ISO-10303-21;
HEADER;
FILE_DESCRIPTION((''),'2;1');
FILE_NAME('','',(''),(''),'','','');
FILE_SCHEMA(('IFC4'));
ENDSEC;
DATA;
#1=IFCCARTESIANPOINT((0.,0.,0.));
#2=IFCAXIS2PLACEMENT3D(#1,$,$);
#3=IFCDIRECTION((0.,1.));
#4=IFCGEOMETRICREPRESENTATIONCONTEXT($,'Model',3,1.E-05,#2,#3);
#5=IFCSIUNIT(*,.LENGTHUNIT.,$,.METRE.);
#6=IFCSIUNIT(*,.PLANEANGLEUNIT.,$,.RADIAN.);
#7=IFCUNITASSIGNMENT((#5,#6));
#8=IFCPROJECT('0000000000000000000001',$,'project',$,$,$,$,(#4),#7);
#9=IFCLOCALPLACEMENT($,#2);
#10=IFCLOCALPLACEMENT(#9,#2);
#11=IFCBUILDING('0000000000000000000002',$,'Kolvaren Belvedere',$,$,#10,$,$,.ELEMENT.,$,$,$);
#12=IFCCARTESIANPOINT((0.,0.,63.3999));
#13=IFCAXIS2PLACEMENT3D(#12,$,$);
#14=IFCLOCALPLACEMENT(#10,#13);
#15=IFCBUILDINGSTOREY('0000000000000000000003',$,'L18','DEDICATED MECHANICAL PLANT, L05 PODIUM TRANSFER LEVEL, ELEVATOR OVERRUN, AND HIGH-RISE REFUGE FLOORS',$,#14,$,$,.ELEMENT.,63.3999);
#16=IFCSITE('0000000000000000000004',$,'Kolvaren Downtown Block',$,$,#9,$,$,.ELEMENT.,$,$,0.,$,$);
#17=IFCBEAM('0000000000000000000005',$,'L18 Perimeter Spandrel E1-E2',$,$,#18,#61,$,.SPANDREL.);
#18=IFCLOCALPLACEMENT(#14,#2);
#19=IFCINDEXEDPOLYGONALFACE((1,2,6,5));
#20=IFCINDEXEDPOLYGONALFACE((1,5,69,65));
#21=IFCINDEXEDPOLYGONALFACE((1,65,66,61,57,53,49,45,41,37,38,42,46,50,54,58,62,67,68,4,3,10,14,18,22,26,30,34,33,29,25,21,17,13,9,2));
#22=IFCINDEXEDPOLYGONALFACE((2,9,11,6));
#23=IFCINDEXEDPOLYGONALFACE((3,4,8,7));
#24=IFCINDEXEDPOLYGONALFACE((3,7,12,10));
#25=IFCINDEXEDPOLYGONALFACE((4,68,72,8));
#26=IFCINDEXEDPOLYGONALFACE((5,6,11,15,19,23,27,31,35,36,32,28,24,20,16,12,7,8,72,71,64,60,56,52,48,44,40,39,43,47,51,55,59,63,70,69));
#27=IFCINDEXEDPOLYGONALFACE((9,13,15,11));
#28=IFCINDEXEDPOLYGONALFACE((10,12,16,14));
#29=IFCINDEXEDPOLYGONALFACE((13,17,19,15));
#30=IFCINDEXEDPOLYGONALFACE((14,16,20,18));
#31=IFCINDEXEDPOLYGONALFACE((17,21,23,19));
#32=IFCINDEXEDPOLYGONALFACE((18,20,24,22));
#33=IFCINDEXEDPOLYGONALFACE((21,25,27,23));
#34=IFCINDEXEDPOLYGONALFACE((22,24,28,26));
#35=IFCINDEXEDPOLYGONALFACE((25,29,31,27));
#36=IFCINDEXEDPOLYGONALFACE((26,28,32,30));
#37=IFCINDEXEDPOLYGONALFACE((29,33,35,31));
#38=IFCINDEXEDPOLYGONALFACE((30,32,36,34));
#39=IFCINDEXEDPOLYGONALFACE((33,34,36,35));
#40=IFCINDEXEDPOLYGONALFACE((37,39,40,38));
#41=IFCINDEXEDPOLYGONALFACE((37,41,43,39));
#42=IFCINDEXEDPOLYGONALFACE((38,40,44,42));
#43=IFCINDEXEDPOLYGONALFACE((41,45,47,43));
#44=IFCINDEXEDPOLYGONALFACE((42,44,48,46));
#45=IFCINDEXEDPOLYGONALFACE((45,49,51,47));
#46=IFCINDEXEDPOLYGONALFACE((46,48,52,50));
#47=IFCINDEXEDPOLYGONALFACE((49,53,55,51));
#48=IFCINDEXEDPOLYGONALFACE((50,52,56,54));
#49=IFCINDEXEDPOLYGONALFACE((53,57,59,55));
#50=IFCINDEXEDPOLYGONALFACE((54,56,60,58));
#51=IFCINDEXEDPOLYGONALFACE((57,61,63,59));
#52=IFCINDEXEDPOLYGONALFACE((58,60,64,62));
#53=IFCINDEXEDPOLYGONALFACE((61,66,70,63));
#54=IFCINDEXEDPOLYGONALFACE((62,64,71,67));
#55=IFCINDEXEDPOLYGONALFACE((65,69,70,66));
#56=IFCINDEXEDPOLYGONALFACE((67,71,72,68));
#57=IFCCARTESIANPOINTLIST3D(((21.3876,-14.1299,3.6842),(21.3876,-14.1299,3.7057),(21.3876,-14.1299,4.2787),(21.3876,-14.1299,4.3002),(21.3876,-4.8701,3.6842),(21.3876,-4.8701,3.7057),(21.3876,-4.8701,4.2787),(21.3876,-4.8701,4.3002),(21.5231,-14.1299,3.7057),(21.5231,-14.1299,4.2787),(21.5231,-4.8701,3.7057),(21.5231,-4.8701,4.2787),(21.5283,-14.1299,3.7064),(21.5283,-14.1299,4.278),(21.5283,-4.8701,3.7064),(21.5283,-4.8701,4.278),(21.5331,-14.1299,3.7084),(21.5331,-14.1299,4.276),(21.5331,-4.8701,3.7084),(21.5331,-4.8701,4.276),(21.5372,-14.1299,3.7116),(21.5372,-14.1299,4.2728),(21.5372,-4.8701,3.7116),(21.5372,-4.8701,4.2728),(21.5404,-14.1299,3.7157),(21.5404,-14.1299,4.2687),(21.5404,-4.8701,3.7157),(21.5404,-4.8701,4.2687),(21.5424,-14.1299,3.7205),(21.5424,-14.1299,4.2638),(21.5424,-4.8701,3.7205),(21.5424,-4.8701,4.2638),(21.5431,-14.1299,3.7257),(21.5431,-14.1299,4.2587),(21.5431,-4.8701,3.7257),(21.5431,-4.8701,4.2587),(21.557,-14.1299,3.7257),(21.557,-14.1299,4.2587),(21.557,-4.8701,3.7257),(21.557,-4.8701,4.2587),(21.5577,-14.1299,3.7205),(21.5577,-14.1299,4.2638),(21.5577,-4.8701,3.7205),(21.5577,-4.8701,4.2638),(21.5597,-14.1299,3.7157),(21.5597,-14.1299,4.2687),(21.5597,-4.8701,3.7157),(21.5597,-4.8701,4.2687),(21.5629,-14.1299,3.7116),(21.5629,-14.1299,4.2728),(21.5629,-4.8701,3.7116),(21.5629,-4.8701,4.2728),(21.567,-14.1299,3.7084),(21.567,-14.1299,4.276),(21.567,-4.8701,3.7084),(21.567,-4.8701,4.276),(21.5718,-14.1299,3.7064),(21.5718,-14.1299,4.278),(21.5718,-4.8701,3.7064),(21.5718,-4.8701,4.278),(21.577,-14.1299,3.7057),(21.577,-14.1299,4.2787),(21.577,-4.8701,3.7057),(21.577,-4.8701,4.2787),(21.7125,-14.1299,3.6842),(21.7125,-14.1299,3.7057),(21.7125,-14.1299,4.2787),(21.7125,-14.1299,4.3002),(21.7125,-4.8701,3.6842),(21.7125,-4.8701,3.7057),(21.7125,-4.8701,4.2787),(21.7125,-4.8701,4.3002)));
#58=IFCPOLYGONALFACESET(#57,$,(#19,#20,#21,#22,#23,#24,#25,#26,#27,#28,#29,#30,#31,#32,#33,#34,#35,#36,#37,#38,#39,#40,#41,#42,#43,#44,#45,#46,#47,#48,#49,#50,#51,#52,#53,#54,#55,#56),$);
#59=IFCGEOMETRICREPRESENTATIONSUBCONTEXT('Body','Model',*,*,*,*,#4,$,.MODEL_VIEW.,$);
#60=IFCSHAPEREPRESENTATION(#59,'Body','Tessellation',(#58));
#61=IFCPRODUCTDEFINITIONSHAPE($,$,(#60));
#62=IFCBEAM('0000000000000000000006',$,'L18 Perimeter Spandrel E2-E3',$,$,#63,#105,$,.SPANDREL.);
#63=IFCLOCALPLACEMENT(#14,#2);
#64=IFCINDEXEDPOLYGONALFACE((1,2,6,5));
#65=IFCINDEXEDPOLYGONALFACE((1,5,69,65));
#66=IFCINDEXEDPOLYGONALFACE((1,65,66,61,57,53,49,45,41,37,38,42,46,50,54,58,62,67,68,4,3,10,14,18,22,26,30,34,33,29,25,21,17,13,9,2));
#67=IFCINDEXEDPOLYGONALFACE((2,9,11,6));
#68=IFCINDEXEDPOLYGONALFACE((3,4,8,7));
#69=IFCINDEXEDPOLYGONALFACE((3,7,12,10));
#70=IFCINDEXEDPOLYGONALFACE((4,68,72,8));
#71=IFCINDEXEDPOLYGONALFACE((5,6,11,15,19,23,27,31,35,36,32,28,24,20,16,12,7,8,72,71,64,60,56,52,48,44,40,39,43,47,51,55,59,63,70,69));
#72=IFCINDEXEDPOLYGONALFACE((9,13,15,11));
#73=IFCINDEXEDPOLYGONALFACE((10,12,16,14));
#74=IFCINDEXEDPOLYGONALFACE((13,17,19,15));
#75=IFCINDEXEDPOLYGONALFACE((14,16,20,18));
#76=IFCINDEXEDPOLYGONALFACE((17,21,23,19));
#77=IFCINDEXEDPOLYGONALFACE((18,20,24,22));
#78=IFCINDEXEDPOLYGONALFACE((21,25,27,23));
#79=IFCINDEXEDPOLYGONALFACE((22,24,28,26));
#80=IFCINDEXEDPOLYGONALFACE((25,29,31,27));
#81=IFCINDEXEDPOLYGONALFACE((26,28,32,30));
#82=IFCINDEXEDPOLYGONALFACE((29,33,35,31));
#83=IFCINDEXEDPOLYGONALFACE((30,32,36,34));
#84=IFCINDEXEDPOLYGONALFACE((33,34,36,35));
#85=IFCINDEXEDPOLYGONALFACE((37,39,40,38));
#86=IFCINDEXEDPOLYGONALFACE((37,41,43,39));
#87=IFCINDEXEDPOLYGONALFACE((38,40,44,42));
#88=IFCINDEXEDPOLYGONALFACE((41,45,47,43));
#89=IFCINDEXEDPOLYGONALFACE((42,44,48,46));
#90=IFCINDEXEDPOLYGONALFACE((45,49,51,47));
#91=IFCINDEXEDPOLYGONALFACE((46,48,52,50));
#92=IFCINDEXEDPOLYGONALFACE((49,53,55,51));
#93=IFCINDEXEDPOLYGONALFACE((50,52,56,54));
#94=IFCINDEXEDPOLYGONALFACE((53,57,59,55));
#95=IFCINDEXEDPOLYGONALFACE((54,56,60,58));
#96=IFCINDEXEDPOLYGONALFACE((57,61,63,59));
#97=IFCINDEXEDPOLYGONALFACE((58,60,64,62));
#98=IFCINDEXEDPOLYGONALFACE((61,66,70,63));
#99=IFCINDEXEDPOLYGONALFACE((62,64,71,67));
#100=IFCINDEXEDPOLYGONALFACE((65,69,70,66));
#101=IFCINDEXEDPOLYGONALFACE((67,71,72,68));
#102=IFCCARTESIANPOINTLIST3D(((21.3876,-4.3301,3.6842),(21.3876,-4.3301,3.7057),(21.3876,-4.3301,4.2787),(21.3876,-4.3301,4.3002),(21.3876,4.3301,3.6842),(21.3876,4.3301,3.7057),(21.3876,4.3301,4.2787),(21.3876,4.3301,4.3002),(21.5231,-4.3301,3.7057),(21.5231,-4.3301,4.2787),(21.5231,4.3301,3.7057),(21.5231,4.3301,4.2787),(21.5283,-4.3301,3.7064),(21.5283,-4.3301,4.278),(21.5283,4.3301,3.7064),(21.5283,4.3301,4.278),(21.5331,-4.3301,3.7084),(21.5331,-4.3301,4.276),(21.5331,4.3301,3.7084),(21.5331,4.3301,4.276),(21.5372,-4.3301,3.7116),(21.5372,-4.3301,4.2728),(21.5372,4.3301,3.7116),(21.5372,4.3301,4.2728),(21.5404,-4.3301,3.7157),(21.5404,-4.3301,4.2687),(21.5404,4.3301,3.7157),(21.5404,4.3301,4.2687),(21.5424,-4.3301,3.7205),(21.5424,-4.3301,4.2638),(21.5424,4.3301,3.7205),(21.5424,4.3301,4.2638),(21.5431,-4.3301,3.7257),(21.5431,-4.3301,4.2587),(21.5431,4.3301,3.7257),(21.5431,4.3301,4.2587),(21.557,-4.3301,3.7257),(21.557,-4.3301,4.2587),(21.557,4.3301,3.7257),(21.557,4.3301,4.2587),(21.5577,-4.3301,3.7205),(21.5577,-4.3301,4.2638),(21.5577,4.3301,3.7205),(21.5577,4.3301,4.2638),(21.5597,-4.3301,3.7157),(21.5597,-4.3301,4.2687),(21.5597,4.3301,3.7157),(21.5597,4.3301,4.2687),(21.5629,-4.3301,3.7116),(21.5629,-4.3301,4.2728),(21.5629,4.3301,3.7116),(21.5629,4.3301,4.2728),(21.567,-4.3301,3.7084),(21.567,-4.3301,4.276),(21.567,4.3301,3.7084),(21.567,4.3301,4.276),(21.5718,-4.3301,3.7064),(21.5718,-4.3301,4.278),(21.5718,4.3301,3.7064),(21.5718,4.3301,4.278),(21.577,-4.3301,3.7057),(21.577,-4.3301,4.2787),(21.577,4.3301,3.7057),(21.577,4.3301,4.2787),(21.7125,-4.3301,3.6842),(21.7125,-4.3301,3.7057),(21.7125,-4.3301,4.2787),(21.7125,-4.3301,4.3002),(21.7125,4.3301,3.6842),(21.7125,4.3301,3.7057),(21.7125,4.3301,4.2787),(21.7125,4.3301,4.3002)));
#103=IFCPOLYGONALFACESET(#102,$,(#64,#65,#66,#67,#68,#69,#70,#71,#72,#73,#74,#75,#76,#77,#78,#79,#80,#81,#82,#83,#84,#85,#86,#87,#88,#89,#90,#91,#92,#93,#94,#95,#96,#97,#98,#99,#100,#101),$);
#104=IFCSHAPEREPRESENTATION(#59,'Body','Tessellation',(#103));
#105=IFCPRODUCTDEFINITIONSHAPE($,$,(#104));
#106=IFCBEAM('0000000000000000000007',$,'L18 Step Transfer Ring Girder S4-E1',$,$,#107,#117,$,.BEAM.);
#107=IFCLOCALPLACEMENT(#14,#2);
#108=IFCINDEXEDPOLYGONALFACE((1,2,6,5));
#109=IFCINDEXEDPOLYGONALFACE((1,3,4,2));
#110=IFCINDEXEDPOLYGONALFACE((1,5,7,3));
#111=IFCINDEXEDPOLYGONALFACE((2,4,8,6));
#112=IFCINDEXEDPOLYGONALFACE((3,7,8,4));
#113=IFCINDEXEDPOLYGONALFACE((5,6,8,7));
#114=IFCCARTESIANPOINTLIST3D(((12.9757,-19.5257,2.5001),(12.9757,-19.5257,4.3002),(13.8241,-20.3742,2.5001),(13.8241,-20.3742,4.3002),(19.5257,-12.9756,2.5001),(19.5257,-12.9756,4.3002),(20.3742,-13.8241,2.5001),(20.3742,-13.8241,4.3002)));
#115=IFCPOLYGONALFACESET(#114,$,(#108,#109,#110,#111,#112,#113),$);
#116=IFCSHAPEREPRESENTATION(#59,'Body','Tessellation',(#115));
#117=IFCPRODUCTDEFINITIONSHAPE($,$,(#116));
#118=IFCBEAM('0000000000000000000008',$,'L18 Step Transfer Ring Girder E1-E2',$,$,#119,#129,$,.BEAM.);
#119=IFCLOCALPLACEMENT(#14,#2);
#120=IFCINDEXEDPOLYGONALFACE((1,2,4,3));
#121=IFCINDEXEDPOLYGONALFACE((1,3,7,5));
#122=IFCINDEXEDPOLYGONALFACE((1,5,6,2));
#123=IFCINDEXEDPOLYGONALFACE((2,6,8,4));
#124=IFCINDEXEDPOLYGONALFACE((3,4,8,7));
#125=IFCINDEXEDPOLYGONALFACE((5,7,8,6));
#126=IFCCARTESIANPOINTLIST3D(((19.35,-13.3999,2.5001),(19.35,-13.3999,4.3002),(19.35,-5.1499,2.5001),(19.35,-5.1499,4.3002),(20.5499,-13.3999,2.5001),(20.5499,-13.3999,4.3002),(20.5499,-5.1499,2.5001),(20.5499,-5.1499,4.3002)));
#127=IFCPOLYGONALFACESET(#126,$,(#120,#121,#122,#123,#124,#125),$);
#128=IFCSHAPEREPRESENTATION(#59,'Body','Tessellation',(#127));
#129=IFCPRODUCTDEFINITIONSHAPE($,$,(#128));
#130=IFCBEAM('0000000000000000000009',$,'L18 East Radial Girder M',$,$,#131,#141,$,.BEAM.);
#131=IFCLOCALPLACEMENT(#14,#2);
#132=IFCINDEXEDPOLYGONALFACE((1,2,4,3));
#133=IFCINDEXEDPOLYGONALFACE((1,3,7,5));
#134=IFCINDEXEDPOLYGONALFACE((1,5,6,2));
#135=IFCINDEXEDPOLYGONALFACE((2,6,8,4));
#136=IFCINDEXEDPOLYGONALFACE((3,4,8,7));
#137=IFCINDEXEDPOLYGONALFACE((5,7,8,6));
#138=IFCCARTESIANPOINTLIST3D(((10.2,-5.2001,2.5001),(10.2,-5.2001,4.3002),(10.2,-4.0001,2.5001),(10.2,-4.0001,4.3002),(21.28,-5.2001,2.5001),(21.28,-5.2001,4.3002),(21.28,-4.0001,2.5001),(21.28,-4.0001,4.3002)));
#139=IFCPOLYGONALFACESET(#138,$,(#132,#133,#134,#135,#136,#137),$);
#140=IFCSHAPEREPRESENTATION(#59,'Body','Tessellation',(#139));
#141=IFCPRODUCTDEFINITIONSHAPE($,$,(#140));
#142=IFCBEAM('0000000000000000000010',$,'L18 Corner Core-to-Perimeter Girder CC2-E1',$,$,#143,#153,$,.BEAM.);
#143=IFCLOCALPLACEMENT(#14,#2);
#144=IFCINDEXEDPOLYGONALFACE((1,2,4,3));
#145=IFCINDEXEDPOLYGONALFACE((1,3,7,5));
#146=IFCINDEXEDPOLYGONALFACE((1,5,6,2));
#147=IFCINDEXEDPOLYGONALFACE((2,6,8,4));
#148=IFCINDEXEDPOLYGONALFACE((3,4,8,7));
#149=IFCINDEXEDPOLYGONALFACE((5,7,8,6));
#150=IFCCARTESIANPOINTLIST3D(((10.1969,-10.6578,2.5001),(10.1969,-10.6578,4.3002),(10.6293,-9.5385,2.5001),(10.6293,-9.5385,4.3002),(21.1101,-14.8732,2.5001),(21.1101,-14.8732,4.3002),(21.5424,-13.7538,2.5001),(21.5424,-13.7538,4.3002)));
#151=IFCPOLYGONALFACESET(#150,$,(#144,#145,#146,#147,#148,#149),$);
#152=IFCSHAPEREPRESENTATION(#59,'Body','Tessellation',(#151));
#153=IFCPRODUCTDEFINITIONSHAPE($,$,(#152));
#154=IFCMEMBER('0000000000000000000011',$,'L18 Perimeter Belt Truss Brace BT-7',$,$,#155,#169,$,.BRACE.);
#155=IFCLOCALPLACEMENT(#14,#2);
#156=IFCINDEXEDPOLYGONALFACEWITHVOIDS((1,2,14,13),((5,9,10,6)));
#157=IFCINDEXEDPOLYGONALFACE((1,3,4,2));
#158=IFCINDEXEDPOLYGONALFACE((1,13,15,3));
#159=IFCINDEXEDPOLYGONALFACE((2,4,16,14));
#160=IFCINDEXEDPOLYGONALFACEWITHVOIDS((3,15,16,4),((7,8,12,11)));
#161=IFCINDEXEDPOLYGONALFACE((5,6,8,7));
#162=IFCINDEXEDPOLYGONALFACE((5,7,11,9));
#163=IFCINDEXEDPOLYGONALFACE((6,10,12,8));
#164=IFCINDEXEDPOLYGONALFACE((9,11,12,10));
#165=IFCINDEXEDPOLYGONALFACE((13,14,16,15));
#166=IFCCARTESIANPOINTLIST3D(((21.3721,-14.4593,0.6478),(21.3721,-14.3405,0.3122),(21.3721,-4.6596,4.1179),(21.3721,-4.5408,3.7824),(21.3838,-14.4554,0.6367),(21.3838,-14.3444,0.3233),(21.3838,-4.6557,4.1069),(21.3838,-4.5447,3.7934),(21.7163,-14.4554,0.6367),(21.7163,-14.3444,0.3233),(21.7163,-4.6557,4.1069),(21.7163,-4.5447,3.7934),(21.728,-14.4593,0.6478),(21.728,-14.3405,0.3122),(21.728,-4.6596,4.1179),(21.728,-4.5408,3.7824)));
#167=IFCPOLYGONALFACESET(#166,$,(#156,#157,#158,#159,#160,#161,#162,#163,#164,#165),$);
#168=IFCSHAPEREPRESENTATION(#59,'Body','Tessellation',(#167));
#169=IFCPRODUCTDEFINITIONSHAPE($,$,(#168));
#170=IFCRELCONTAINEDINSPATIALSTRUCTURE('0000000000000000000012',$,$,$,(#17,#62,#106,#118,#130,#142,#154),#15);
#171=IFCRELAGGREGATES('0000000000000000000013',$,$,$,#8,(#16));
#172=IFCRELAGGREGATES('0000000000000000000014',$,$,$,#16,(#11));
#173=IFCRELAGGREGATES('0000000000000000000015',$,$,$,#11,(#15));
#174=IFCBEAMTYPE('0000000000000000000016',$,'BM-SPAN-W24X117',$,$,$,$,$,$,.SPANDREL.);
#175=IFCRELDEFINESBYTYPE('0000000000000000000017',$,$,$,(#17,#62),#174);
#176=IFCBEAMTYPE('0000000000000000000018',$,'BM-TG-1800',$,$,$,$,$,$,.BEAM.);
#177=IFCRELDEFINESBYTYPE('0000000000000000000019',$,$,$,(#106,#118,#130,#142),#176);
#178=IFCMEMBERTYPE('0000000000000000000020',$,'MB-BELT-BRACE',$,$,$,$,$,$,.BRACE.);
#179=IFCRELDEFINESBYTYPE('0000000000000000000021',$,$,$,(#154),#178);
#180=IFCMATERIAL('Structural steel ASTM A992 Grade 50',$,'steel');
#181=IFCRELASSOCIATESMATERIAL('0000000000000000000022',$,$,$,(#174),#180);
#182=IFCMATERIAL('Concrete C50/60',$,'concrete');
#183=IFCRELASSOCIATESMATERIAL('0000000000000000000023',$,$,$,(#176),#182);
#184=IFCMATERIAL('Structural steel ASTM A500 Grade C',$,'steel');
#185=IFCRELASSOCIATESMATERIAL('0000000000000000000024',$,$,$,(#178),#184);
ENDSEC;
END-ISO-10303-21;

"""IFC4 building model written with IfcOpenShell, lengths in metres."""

from ifc_helpers import new_model, si_unit, direction, frame, origin, origin_2d, place, context, subcontext, project, spatial, rectangle, hollow_rectangle, i_section, extrude, material, material_profile, profile_set, type_object, element, save


model = new_model("IFC4")

# Units and contexts
model_context = context("Model", 3, precision=1e-05, world=origin(), true_north=direction((0.0, 1.0)))
body_context = subcontext(model_context, "Body", "Model", "MODEL_VIEW")
ifc_project = project(units=[si_unit("LENGTHUNIT", "METRE"), si_unit("PLANEANGLEUNIT", "RADIAN")], contexts=[model_context])

# Site, building, storey
site_placement = place(None, origin())
site = spatial("IfcSite", under=ifc_project, at=site_placement, Name="Kolvaren Downtown Block", CompositionType="ELEMENT", RefElevation=0.0)
building_placement = place(site_placement, origin())
building = spatial("IfcBuilding", under=site, at=building_placement, Name="Kolvaren Belvedere", CompositionType="ELEMENT")
storey_placement = place(building_placement, frame((0.0, 0.0, 63.3999)))
storey = spatial("IfcBuildingStorey", under=building, at=storey_placement, Name="L18", Description="DEDICATED MECHANICAL PLANT, L05 PODIUM TRANSFER LEVEL, ELEVATOR OVERRUN, AND HIGH-RISE REFUGE FLOORS", CompositionType="ELEMENT", Elevation=63.3999)

# Beams
ifc_material_1 = material(Name="Structural steel ASTM A992 Grade 50", Category="steel")
ifc_material_profile_1 = material_profile(ifc_material_1, i_section(OverallWidth=0.325, OverallDepth=0.616, WebThickness=0.0139, FlangeThickness=0.0215, FilletRadius=0.02, at=origin_2d()), Name="W24X117")
ifc_profile_set_1 = profile_set([ifc_material_profile_1], Name="Structural steel ASTM A992 Grade 50")
beam_type_1 = type_object("IfcBeamType", Name="BM-SPAN-W24X117", PredefinedType="SPANDREL", material=ifc_profile_set_1)
beam_1_placement = place(storey_placement, frame((21.55, -14.1299, 3.9922), z_axis=(0.0, 1.0, 0.0), x_axis=(-1.0, 0.0, 0.0)))
element("IfcBeam", 1, at=beam_1_placement, inside=storey, type_object=beam_type_1, Name="L18 Perimeter Spandrel E1-E2", PredefinedType="SPANDREL", context=body_context, shape_type="SweptSolid", body=[
    extrude(i_section(OverallWidth=0.325, OverallDepth=0.616, WebThickness=0.0139, FlangeThickness=0.0215, FilletRadius=0.02, at=origin_2d()), origin(), (0.0, 0.0, 1.0), 9.2598),
])
beam_2_placement = place(storey_placement, frame((21.55, -4.3301, 3.9922), z_axis=(0.0, 1.0, 0.0), x_axis=(-1.0, 0.0, 0.0)))
element("IfcBeam", 2, at=beam_2_placement, inside=storey, type_object=beam_type_1, Name="L18 Perimeter Spandrel E2-E3", PredefinedType="SPANDREL", context=body_context, shape_type="SweptSolid", body=[
    extrude(i_section(OverallWidth=0.325, OverallDepth=0.616, WebThickness=0.0139, FlangeThickness=0.0215, FilletRadius=0.02, at=origin_2d()), origin(), (0.0, 0.0, 1.0), 8.6602),
])
ifc_material_2 = material(Name="Concrete C50/60", Category="concrete")
ifc_material_profile_2 = material_profile(ifc_material_2, rectangle(XDim=1.2, YDim=1.8, at=origin_2d()), Name="RC 1200X1800")
ifc_profile_set_2 = profile_set([ifc_material_profile_2], Name="Concrete C50/60")
beam_type_2 = type_object("IfcBeamType", Name="BM-TG-1800", PredefinedType="BEAM", material=ifc_profile_set_2)
beam_3_placement = place(storey_placement, frame((13.3999, -19.95, 3.4001), z_axis=(0.707107, 0.707107, 0.0), x_axis=(-0.707107, 0.707107, 0.0)))
element("IfcBeam", 3, at=beam_3_placement, inside=storey, type_object=beam_type_2, Name="L18 Step Transfer Ring Girder S4-E1", PredefinedType="BEAM", context=body_context, shape_type="SweptSolid", body=[
    extrude(rectangle(XDim=1.2, YDim=1.8, at=origin_2d()), origin(), (0.0, 0.0, 1.0), 9.2632),
])
beam_4_placement = place(storey_placement, frame((19.95, -13.3999, 3.4001), z_axis=(0.0, 1.0, 0.0), x_axis=(-1.0, 0.0, 0.0)))
element("IfcBeam", 4, at=beam_4_placement, inside=storey, type_object=beam_type_2, Name="L18 Step Transfer Ring Girder E1-E2", PredefinedType="BEAM", context=body_context, shape_type="SweptSolid", body=[
    extrude(rectangle(XDim=1.2, YDim=1.8, at=origin_2d()), origin(), (0.0, 0.0, 1.0), 8.25),
])
beam_5_placement = place(storey_placement, frame((10.2, -4.6001, 3.4001), z_axis=(1.0, 0.0, 0.0), x_axis=(0.0, 1.0, 0.0)))
element("IfcBeam", 5, at=beam_5_placement, inside=storey, type_object=beam_type_2, Name="L18 East Radial Girder M", PredefinedType="BEAM", context=body_context, shape_type="SweptSolid", body=[
    extrude(rectangle(XDim=1.2, YDim=1.8, at=origin_2d()), origin(), (0.0, 0.0, 1.0), 11.0801),
])
beam_6_placement = place(storey_placement, frame((10.4131, -10.0981, 3.4001), z_axis=(0.932829, -0.360318, 0.0), x_axis=(0.360318, 0.932829, 0.0)))
element("IfcBeam", 6, at=beam_6_placement, inside=storey, type_object=beam_type_2, Name="L18 Corner Core-to-Perimeter Girder CC2-E1", PredefinedType="BEAM", context=body_context, shape_type="SweptSolid", body=[
    extrude(rectangle(XDim=1.2, YDim=1.8, at=origin_2d()), origin(), (0.0, 0.0, 1.0), 11.699),
])

# Member
ifc_material_3 = material(Name="Structural steel ASTM A500 Grade C", Category="steel")
ifc_material_profile_3 = material_profile(ifc_material_3, hollow_rectangle(XDim=0.356, YDim=0.356, WallThickness=0.0117, at=origin_2d()), Name="HSS14X14X1/2")
ifc_profile_set_3 = profile_set([ifc_material_profile_3], Name="Structural steel ASTM A500 Grade C")
member_type_1 = type_object("IfcMemberType", Name="MB-BELT-BRACE", PredefinedType="BRACE", material=ifc_profile_set_3)
member_1_placement = place(storey_placement, frame((21.55, -14.3999, 0.48), z_axis=(0.0, 0.942644, 0.3338), x_axis=(-1.0, 0.0, 0.0)))
element("IfcMember", 7, at=member_1_placement, inside=storey, type_object=member_type_1, Name="L18 Perimeter Belt Truss Brace BT-7", PredefinedType="BRACE", context=body_context, shape_type="SweptSolid", body=[
    extrude(hollow_rectangle(XDim=0.356, YDim=0.356, WallThickness=0.0117, at=origin_2d()), origin(), (0.0, 0.0, 1.0), 10.396),
])

save(model, "model.ifc")
